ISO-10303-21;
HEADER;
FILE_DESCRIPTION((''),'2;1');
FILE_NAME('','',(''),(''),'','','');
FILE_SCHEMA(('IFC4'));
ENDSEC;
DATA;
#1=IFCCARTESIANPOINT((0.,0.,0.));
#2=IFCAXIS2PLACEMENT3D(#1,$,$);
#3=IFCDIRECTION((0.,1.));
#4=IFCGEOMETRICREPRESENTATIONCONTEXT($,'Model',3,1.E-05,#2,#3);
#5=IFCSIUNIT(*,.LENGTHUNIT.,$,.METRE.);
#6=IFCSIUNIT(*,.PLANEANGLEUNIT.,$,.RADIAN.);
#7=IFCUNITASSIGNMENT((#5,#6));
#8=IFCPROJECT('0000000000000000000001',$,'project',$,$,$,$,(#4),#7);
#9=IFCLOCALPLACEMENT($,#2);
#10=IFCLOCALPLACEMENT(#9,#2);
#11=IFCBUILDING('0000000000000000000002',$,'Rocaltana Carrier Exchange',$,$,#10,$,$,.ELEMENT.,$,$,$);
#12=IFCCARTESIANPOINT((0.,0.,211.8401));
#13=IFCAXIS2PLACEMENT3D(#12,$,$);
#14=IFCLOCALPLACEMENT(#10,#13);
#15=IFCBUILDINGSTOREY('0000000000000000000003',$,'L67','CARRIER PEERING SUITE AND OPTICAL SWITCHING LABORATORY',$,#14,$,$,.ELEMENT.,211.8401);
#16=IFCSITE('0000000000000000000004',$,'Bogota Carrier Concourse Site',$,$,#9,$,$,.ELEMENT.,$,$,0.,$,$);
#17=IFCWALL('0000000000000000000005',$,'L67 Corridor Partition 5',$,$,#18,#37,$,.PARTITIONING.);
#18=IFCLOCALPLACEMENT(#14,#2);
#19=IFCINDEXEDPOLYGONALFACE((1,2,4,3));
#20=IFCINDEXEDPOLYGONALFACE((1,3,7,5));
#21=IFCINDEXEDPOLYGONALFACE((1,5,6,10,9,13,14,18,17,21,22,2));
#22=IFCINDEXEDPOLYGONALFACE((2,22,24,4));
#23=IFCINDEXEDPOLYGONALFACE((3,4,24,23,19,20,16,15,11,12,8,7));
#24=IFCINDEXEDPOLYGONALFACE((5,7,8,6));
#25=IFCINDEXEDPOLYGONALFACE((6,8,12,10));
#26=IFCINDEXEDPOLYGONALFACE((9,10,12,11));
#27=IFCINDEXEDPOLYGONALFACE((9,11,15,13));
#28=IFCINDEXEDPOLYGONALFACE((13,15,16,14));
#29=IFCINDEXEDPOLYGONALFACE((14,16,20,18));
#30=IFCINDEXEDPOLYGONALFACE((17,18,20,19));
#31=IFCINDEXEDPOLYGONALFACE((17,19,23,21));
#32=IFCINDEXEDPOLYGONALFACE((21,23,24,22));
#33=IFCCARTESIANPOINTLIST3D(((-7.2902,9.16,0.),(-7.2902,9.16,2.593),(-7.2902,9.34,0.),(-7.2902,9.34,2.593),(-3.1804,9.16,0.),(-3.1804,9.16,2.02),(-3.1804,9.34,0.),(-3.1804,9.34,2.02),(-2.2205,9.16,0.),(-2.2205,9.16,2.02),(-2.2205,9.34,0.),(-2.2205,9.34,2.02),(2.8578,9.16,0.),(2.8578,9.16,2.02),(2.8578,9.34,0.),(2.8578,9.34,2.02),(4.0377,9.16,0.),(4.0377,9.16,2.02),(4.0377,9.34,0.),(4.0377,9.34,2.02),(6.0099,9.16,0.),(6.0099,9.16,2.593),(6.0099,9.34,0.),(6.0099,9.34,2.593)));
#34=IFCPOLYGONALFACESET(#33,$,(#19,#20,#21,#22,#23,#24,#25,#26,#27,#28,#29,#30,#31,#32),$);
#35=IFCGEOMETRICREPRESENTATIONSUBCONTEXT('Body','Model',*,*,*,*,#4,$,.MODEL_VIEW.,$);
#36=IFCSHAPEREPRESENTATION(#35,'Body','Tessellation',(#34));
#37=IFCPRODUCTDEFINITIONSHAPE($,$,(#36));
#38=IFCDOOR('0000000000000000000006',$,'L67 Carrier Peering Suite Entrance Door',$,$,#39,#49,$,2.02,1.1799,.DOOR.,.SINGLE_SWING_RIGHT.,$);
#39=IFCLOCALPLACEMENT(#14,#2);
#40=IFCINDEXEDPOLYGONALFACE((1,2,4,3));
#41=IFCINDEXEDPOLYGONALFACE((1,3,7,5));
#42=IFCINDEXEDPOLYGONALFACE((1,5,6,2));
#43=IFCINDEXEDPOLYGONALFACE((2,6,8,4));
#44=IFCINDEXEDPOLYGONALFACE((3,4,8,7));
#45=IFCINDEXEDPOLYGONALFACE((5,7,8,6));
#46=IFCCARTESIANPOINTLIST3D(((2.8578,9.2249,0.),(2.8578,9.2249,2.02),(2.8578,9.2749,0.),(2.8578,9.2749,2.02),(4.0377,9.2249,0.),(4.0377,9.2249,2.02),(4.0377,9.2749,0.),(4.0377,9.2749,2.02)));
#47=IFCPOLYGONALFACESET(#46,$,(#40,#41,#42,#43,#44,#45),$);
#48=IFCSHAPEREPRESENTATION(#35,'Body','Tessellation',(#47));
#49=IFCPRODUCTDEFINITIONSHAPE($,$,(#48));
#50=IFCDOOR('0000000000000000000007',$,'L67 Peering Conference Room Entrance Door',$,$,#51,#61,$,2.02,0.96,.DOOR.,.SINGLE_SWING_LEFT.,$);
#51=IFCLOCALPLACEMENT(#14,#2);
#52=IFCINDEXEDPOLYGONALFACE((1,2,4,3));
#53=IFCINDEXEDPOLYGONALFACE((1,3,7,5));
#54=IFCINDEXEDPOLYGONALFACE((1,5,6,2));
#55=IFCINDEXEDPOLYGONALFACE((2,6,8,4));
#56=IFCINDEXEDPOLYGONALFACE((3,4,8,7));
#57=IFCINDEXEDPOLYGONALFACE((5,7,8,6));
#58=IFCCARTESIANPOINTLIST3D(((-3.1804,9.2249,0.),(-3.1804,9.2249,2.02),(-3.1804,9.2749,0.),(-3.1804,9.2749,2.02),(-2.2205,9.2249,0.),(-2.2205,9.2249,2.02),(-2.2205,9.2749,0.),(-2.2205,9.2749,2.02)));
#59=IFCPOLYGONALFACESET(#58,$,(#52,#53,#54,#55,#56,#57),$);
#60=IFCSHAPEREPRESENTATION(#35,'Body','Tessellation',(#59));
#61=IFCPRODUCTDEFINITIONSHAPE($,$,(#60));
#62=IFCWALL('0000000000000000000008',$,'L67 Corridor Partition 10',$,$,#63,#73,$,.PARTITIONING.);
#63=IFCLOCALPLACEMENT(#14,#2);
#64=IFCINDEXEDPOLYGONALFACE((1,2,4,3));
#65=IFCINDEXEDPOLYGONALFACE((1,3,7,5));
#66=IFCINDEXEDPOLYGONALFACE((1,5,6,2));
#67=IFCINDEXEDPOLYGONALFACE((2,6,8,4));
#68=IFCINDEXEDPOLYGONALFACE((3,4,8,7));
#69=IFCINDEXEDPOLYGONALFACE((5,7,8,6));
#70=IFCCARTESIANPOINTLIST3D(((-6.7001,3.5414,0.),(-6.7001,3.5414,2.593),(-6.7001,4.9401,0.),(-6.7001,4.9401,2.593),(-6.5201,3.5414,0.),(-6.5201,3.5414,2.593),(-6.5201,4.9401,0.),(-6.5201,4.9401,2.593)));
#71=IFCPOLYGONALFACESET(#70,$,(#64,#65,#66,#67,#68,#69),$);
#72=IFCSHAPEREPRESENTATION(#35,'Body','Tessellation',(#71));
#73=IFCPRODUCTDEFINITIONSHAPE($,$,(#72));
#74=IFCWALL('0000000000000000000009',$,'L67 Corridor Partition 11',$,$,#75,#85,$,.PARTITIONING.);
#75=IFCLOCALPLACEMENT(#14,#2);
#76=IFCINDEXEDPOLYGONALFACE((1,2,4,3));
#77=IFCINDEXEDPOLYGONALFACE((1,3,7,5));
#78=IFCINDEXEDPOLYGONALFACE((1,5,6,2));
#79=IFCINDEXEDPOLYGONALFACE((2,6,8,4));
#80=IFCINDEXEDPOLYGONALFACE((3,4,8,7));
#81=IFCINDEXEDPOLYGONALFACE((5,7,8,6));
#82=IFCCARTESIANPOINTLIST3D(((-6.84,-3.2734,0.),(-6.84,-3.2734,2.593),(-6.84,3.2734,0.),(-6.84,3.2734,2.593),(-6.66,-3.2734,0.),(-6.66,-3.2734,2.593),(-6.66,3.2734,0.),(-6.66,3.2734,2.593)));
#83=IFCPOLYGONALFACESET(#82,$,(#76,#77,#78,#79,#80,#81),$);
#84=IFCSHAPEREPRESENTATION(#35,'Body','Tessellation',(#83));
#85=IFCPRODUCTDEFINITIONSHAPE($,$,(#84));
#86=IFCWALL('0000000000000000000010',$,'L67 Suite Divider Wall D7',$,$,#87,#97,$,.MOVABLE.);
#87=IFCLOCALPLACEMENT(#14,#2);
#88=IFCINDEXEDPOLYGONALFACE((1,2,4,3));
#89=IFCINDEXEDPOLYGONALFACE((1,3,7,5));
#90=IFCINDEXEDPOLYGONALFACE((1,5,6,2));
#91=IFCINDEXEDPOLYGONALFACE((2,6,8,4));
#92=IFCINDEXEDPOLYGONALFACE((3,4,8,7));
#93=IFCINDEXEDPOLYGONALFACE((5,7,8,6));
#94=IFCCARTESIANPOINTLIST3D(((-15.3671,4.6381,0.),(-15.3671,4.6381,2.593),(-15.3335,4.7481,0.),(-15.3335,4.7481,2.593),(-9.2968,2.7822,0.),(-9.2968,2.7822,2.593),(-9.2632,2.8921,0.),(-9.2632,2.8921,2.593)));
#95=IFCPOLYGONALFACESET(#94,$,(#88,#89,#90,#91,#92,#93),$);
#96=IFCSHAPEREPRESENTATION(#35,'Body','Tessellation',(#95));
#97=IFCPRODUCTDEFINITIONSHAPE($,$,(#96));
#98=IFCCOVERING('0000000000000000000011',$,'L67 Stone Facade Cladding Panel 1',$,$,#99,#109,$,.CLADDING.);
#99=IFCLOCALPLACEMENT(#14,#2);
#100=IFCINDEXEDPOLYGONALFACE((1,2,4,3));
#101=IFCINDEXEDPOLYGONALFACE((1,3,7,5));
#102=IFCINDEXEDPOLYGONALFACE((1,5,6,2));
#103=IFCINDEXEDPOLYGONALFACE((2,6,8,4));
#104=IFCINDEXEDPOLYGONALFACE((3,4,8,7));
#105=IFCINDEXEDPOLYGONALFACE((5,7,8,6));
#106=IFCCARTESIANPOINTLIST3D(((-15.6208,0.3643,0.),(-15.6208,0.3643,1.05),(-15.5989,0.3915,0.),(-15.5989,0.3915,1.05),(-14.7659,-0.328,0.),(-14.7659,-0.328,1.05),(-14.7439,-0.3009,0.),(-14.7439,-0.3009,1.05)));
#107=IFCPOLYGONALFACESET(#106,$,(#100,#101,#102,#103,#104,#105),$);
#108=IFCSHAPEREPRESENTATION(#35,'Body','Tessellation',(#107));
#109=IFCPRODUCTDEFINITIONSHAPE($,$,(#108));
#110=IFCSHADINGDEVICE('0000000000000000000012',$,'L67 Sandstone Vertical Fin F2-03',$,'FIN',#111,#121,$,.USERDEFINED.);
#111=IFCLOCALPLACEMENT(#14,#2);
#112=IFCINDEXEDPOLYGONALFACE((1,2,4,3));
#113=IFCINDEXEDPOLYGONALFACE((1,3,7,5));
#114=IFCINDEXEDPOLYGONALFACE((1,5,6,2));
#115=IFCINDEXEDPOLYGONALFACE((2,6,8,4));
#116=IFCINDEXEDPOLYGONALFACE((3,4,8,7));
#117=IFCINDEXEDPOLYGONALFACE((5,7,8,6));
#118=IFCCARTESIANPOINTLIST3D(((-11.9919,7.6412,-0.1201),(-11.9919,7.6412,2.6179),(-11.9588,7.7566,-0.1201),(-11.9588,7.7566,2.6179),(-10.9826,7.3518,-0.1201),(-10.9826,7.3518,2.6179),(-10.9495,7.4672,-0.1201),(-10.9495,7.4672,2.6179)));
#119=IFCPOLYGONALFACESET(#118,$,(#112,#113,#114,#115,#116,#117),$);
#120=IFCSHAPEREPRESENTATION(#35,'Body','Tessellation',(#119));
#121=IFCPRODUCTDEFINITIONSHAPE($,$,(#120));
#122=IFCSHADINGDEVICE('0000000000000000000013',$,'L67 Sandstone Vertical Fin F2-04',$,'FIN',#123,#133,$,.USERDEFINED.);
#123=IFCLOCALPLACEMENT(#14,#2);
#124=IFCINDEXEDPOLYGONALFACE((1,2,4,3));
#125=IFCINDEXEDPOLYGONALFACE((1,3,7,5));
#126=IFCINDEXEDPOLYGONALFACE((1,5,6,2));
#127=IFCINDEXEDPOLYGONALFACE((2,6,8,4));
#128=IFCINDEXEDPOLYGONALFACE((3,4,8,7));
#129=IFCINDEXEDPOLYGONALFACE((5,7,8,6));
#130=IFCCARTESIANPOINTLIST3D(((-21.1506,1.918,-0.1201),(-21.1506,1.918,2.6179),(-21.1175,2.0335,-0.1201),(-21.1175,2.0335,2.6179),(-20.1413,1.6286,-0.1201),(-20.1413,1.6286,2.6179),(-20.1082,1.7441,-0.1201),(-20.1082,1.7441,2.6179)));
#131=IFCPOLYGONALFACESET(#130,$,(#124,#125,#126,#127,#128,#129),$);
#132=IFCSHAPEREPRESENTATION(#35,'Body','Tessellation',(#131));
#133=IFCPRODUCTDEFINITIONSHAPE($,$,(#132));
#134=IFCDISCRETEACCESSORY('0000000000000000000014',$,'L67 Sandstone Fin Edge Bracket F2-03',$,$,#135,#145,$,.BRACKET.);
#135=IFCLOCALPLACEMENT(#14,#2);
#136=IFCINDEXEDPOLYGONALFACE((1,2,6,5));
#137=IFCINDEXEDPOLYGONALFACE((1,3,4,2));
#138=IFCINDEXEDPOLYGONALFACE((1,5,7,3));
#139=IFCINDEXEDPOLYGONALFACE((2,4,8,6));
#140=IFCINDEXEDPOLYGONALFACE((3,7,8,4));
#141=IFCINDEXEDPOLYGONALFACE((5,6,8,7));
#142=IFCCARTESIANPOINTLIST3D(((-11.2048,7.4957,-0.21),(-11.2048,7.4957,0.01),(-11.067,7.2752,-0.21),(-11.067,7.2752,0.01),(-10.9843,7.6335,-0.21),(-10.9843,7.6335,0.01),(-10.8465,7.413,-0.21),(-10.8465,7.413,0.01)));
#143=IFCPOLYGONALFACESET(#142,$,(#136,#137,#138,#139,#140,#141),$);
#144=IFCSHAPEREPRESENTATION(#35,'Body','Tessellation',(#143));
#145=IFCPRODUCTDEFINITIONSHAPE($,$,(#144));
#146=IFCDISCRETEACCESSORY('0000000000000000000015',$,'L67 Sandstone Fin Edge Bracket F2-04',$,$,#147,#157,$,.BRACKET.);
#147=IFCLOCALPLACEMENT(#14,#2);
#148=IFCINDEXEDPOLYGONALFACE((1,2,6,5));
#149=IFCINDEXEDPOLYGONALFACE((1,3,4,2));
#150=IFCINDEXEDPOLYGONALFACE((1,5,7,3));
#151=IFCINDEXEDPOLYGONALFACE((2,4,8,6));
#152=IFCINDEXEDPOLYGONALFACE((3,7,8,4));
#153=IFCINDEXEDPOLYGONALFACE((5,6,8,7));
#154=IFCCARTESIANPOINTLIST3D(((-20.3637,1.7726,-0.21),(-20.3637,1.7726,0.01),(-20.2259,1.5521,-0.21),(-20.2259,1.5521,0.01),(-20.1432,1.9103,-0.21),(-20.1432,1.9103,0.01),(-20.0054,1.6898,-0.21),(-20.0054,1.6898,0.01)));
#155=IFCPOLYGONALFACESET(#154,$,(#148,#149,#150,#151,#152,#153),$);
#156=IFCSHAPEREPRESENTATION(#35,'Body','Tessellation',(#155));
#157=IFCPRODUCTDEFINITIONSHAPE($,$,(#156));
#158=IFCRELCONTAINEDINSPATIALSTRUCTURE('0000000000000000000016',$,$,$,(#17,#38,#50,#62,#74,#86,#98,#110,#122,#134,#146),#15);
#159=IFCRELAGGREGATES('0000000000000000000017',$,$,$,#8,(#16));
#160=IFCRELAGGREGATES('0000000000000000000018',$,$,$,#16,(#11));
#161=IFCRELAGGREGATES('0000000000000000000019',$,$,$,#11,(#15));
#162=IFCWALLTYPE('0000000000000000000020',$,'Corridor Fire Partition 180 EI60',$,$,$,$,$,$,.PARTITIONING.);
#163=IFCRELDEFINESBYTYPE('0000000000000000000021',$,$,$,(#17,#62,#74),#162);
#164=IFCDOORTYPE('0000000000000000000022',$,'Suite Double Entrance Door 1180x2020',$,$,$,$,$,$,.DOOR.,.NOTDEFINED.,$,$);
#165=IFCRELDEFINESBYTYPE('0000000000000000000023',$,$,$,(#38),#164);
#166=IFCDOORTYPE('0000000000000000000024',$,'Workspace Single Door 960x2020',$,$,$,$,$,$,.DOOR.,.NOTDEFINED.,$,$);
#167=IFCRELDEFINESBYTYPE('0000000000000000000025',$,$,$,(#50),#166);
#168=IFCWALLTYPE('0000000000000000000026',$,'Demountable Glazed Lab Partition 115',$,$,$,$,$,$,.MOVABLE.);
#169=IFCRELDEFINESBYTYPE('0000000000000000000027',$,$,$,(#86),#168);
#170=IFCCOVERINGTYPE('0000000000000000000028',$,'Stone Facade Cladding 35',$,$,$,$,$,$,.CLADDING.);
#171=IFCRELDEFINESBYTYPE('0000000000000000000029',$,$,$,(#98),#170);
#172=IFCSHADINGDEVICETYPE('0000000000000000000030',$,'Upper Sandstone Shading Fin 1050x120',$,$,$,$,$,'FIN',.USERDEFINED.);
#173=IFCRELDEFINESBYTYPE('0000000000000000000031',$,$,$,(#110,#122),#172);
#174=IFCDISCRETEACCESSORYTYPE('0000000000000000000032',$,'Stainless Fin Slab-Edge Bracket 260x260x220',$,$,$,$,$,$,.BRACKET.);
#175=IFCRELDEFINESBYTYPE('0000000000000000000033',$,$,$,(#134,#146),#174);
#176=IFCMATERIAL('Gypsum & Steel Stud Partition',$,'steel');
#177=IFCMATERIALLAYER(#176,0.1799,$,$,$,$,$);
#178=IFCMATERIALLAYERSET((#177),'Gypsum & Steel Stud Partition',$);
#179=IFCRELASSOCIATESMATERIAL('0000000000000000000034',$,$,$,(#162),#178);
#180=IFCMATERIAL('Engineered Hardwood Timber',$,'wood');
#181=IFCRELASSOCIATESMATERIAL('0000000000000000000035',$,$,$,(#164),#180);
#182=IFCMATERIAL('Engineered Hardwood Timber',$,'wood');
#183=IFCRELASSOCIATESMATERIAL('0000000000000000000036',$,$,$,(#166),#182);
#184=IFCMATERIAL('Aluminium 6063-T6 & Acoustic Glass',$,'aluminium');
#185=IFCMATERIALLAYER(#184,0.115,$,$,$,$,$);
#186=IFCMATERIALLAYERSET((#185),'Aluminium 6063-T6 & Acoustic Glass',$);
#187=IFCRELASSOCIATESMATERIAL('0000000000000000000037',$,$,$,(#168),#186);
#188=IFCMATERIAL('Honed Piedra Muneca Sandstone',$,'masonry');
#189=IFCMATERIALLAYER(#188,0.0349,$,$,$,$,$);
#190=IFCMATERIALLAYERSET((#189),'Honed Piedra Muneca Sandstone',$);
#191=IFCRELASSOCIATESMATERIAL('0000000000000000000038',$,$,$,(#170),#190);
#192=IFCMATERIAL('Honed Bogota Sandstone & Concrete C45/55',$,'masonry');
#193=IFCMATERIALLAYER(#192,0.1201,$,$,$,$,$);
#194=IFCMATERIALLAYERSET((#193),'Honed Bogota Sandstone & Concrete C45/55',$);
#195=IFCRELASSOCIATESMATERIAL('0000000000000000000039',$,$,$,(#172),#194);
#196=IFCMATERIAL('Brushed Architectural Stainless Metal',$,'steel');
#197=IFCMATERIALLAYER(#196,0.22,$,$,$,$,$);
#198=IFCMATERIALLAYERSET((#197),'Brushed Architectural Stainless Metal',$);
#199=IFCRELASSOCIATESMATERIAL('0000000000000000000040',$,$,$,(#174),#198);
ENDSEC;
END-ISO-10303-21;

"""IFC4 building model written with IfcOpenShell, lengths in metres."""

from ifc_helpers import new_model, si_unit, direction, frame, frame_2d, origin, origin_2d, place, context, subcontext, project, spatial, rectangle, extrude, material, layer, layer_set, type_object, element, fill, save


model = new_model("IFC4")

# Units and contexts
model_context = context("Model", 3, precision=1e-05, world=origin(), true_north=direction((0.0, 1.0)))
body_context = subcontext(model_context, "Body", "Model", "MODEL_VIEW")
ifc_project = project(units=[si_unit("LENGTHUNIT", "METRE"), si_unit("PLANEANGLEUNIT", "RADIAN")], contexts=[model_context])

# Site, building, storey
site_placement = place(None, origin())
site = spatial("IfcSite", under=ifc_project, at=site_placement, Name="Bogota Carrier Concourse Site", CompositionType="ELEMENT", RefElevation=0.0)
building_placement = place(site_placement, origin())
building = spatial("IfcBuilding", under=site, at=building_placement, Name="Rocaltana Carrier Exchange", CompositionType="ELEMENT")
storey_placement = place(building_placement, frame((0.0, 0.0, 211.8401)))
storey = spatial("IfcBuildingStorey", under=building, at=storey_placement, Name="L67", Description="CARRIER PEERING SUITE AND OPTICAL SWITCHING LABORATORY", CompositionType="ELEMENT", Elevation=211.8401)

# Shared definitions
ifc_material_1 = material(Name="Gypsum & Steel Stud Partition", Category="steel")
ifc_layer_1 = layer(ifc_material_1, 0.1799)
ifc_layer_set_1 = layer_set([ifc_layer_1], Name="Gypsum & Steel Stud Partition")
wall_type_1 = type_object("IfcWallType", Name="Corridor Fire Partition 180 EI60", PredefinedType="PARTITIONING", material=ifc_layer_set_1)
ifc_material_2 = material(Name="Engineered Hardwood Timber", Category="wood")
door_type_1 = type_object("IfcDoorType", Name="Suite Double Entrance Door 1180x2020", OperationType="NOTDEFINED", PredefinedType="DOOR", material=ifc_material_2)

# Wall, openings, doors
wall_1_placement = place(storey_placement, frame((-7.29, 9.25, 0.0), z_axis=(0.0, 0.0, 1.0), x_axis=(1.0, 0.0, 0.0)))
wall_1 = element("IfcWall", 1, at=wall_1_placement, inside=storey, type_object=wall_type_1, Name="L67 Corridor Partition 5", PredefinedType="PARTITIONING", context=body_context, shape_type="SweptSolid", body=[
    extrude(rectangle(XDim=13.3, YDim=0.1799, at=frame_2d((6.6499, 0.0))), origin(), (0.0, 0.0, 1.0), 2.593),
])
opening_1_placement = place(wall_1_placement, frame((10.1479, 0.0, 0.0)))
opening_1 = element("IfcOpeningElement", 2, at=opening_1_placement, cuts=wall_1, PredefinedType="OPENING", context=body_context, shape_type="SweptSolid", body=[
    extrude(rectangle(XDim=1.1799, YDim=2.02, at=frame_2d((0.5898, 1.01))), frame((0.0, 0.0999, 0.0), z_axis=(0.0, -1.0, 0.0), x_axis=(1.0, 0.0, 0.0)), (0.0, 0.0, 1.0), 0.2),
])
opening_2_placement = place(wall_1_placement, frame((4.1096, 0.0, 0.0)))
opening_2 = element("IfcOpeningElement", 3, at=opening_2_placement, cuts=wall_1, PredefinedType="OPENING", context=body_context, shape_type="SweptSolid", body=[
    extrude(rectangle(XDim=0.96, YDim=2.02, at=frame_2d((0.48, 1.01))), frame((0.0, 0.0999, 0.0), z_axis=(0.0, -1.0, 0.0), x_axis=(1.0, 0.0, 0.0)), (0.0, 0.0, 1.0), 0.2),
])
door_1_placement = place(opening_1_placement, origin())
door_1 = element("IfcDoor", 4, at=door_1_placement, inside=storey, type_object=door_type_1, Name="L67 Carrier Peering Suite Entrance Door", OperationType="SINGLE_SWING_RIGHT", OverallHeight=2.02, OverallWidth=1.1799, PredefinedType="DOOR", context=body_context, shape_type="SweptSolid", body=[
    extrude(rectangle(XDim=1.1799, YDim=2.02, at=frame_2d((0.5898, 1.01))), frame((0.0, 0.0249, 0.0), z_axis=(0.0, -1.0, 0.0), x_axis=(1.0, 0.0, 0.0)), (0.0, 0.0, 1.0), 0.05),
])
fill(opening_1, door_1)
ifc_material_3 = material(Name="Engineered Hardwood Timber", Category="wood")
door_type_2 = type_object("IfcDoorType", Name="Workspace Single Door 960x2020", OperationType="NOTDEFINED", PredefinedType="DOOR", material=ifc_material_3)
door_2_placement = place(opening_2_placement, origin())
door_2 = element("IfcDoor", 5, at=door_2_placement, inside=storey, type_object=door_type_2, Name="L67 Peering Conference Room Entrance Door", OperationType="SINGLE_SWING_LEFT", OverallHeight=2.02, OverallWidth=0.96, PredefinedType="DOOR", context=body_context, shape_type="SweptSolid", body=[
    extrude(rectangle(XDim=0.96, YDim=2.02, at=frame_2d((0.48, 1.01))), frame((0.0, 0.0249, 0.0), z_axis=(0.0, -1.0, 0.0), x_axis=(1.0, 0.0, 0.0)), (0.0, 0.0, 1.0), 0.05),
])
fill(opening_2, door_2)

# Walls
wall_2_placement = place(storey_placement, frame((-6.6101, 4.9399, 0.0), z_axis=(0.0, 0.0, 1.0), x_axis=(0.0, -1.0, 0.0)))
element("IfcWall", 6, at=wall_2_placement, inside=storey, type_object=wall_type_1, Name="L67 Corridor Partition 10", PredefinedType="PARTITIONING", context=body_context, shape_type="SweptSolid", body=[
    extrude(rectangle(XDim=1.3987, YDim=0.1799, at=frame_2d((0.6992, 0.0))), origin(), (0.0, 0.0, 1.0), 2.593),
])
wall_3_placement = place(storey_placement, frame((-6.75, 3.2734, 0.0), z_axis=(0.0, 0.0, 1.0), x_axis=(0.0, -1.0, 0.0)))
element("IfcWall", 7, at=wall_3_placement, inside=storey, type_object=wall_type_1, Name="L67 Corridor Partition 11", PredefinedType="PARTITIONING", context=body_context, shape_type="SweptSolid", body=[
    extrude(rectangle(XDim=6.5469, YDim=0.1799, at=frame_2d((3.2734, 0.0))), origin(), (0.0, 0.0, 1.0), 2.593),
])
ifc_material_4 = material(Name="Aluminium 6063-T6 & Acoustic Glass", Category="aluminium")
ifc_layer_2 = layer(ifc_material_4, 0.115)
ifc_layer_set_2 = layer_set([ifc_layer_2], Name="Aluminium 6063-T6 & Acoustic Glass")
wall_type_2 = type_object("IfcWallType", Name="Demountable Glazed Lab Partition 115", PredefinedType="MOVABLE", material=ifc_layer_set_2)
wall_4_placement = place(storey_placement, frame((-9.28, 2.8372, 0.0), z_axis=(0.0, 0.0, 1.0), x_axis=(-0.956301, 0.292383, 0.0)))
element("IfcWall", 8, at=wall_4_placement, inside=storey, type_object=wall_type_2, Name="L67 Suite Divider Wall D7", PredefinedType="MOVABLE", context=body_context, shape_type="SweptSolid", body=[
    extrude(rectangle(XDim=6.3477, YDim=0.115, at=frame_2d((3.1738, 0.0))), origin(), (0.0, 0.0, 1.0), 2.593),
])

# Covering
ifc_material_5 = material(Name="Honed Piedra Muneca Sandstone", Category="masonry")
ifc_layer_3 = layer(ifc_material_5, 0.0349)
ifc_layer_set_3 = layer_set([ifc_layer_3], Name="Honed Piedra Muneca Sandstone")
covering_type = type_object("IfcCoveringType", Name="Stone Facade Cladding 35", PredefinedType="CLADDING", material=ifc_layer_set_3)
covering_placement = place(storey_placement, frame((-15.1824, 0.0317, 0.0), z_axis=(0.0, 0.0, 1.0), x_axis=(-0.777146, 0.62932, 0.0)))
element("IfcCovering", 9, at=covering_placement, inside=storey, type_object=covering_type, Name="L67 Stone Facade Cladding Panel 1", PredefinedType="CLADDING", context=body_context, shape_type="SweptSolid", body=[
    extrude(rectangle(XDim=1.1001, YDim=0.0349, at=origin_2d()), origin(), (0.0, 0.0, 1.0), 1.05),
])

# Shading devices
ifc_material_6 = material(Name="Honed Bogota Sandstone & Concrete C45/55", Category="masonry")
ifc_layer_4 = layer(ifc_material_6, 0.1201)
ifc_layer_set_4 = layer_set([ifc_layer_4], Name="Honed Bogota Sandstone & Concrete C45/55")
shading_device_type = type_object("IfcShadingDeviceType", Name="Upper Sandstone Shading Fin 1050x120", ElementType="FIN", PredefinedType="USERDEFINED", material=ifc_layer_set_4)
for number, where, z_axis, x_axis, name in (
    (10, (-11.4707, 7.5542, -0.1201), (0.0, 0.0, 1.0), (-0.961262, 0.275637, 0.0), "L67 Sandstone Vertical Fin F2-03"),
    (11, (-20.6294, 1.8311, -0.1201), (0.0, 0.0, 1.0), (-0.961262, 0.275637, 0.0), "L67 Sandstone Vertical Fin F2-04"),
):
    element("IfcShadingDevice", number, at=place(storey_placement, frame(where, z_axis=z_axis, x_axis=x_axis)), inside=storey, type_object=shading_device_type, Name=name, ObjectType="FIN", PredefinedType="USERDEFINED", context=body_context, shape_type="SweptSolid", body=[
        extrude(rectangle(XDim=1.05, YDim=0.1201, at=origin_2d()), origin(), (0.0, 0.0, 1.0), 2.738),
    ])

# Discrete accessories
ifc_material_7 = material(Name="Brushed Architectural Stainless Metal", Category="steel")
ifc_layer_5 = layer(ifc_material_7, 0.22)
ifc_layer_set_5 = layer_set([ifc_layer_5], Name="Brushed Architectural Stainless Metal")
discrete_accessory_type = type_object("IfcDiscreteAccessoryType", Name="Stainless Fin Slab-Edge Bracket 260x260x220", PredefinedType="BRACKET", material=ifc_layer_set_5)
for number, where, z_axis, x_axis, name in (
    (12, (-11.0256, 7.4543, -0.21), (0.0, 0.0, 1.0), (-0.848048, -0.529919, 0.0), "L67 Sandstone Fin Edge Bracket F2-03"),
    (13, (-20.1846, 1.7312, -0.21), (0.0, 0.0, 1.0), (-0.848048, -0.529919, 0.0), "L67 Sandstone Fin Edge Bracket F2-04"),
):
    element("IfcDiscreteAccessory", number, at=place(storey_placement, frame(where, z_axis=z_axis, x_axis=x_axis)), inside=storey, type_object=discrete_accessory_type, Name=name, PredefinedType="BRACKET", context=body_context, shape_type="SweptSolid", body=[
        extrude(rectangle(XDim=0.26, YDim=0.26, at=origin_2d()), origin(), (0.0, 0.0, 1.0), 0.22),
    ])

save(model, "model.ifc")
